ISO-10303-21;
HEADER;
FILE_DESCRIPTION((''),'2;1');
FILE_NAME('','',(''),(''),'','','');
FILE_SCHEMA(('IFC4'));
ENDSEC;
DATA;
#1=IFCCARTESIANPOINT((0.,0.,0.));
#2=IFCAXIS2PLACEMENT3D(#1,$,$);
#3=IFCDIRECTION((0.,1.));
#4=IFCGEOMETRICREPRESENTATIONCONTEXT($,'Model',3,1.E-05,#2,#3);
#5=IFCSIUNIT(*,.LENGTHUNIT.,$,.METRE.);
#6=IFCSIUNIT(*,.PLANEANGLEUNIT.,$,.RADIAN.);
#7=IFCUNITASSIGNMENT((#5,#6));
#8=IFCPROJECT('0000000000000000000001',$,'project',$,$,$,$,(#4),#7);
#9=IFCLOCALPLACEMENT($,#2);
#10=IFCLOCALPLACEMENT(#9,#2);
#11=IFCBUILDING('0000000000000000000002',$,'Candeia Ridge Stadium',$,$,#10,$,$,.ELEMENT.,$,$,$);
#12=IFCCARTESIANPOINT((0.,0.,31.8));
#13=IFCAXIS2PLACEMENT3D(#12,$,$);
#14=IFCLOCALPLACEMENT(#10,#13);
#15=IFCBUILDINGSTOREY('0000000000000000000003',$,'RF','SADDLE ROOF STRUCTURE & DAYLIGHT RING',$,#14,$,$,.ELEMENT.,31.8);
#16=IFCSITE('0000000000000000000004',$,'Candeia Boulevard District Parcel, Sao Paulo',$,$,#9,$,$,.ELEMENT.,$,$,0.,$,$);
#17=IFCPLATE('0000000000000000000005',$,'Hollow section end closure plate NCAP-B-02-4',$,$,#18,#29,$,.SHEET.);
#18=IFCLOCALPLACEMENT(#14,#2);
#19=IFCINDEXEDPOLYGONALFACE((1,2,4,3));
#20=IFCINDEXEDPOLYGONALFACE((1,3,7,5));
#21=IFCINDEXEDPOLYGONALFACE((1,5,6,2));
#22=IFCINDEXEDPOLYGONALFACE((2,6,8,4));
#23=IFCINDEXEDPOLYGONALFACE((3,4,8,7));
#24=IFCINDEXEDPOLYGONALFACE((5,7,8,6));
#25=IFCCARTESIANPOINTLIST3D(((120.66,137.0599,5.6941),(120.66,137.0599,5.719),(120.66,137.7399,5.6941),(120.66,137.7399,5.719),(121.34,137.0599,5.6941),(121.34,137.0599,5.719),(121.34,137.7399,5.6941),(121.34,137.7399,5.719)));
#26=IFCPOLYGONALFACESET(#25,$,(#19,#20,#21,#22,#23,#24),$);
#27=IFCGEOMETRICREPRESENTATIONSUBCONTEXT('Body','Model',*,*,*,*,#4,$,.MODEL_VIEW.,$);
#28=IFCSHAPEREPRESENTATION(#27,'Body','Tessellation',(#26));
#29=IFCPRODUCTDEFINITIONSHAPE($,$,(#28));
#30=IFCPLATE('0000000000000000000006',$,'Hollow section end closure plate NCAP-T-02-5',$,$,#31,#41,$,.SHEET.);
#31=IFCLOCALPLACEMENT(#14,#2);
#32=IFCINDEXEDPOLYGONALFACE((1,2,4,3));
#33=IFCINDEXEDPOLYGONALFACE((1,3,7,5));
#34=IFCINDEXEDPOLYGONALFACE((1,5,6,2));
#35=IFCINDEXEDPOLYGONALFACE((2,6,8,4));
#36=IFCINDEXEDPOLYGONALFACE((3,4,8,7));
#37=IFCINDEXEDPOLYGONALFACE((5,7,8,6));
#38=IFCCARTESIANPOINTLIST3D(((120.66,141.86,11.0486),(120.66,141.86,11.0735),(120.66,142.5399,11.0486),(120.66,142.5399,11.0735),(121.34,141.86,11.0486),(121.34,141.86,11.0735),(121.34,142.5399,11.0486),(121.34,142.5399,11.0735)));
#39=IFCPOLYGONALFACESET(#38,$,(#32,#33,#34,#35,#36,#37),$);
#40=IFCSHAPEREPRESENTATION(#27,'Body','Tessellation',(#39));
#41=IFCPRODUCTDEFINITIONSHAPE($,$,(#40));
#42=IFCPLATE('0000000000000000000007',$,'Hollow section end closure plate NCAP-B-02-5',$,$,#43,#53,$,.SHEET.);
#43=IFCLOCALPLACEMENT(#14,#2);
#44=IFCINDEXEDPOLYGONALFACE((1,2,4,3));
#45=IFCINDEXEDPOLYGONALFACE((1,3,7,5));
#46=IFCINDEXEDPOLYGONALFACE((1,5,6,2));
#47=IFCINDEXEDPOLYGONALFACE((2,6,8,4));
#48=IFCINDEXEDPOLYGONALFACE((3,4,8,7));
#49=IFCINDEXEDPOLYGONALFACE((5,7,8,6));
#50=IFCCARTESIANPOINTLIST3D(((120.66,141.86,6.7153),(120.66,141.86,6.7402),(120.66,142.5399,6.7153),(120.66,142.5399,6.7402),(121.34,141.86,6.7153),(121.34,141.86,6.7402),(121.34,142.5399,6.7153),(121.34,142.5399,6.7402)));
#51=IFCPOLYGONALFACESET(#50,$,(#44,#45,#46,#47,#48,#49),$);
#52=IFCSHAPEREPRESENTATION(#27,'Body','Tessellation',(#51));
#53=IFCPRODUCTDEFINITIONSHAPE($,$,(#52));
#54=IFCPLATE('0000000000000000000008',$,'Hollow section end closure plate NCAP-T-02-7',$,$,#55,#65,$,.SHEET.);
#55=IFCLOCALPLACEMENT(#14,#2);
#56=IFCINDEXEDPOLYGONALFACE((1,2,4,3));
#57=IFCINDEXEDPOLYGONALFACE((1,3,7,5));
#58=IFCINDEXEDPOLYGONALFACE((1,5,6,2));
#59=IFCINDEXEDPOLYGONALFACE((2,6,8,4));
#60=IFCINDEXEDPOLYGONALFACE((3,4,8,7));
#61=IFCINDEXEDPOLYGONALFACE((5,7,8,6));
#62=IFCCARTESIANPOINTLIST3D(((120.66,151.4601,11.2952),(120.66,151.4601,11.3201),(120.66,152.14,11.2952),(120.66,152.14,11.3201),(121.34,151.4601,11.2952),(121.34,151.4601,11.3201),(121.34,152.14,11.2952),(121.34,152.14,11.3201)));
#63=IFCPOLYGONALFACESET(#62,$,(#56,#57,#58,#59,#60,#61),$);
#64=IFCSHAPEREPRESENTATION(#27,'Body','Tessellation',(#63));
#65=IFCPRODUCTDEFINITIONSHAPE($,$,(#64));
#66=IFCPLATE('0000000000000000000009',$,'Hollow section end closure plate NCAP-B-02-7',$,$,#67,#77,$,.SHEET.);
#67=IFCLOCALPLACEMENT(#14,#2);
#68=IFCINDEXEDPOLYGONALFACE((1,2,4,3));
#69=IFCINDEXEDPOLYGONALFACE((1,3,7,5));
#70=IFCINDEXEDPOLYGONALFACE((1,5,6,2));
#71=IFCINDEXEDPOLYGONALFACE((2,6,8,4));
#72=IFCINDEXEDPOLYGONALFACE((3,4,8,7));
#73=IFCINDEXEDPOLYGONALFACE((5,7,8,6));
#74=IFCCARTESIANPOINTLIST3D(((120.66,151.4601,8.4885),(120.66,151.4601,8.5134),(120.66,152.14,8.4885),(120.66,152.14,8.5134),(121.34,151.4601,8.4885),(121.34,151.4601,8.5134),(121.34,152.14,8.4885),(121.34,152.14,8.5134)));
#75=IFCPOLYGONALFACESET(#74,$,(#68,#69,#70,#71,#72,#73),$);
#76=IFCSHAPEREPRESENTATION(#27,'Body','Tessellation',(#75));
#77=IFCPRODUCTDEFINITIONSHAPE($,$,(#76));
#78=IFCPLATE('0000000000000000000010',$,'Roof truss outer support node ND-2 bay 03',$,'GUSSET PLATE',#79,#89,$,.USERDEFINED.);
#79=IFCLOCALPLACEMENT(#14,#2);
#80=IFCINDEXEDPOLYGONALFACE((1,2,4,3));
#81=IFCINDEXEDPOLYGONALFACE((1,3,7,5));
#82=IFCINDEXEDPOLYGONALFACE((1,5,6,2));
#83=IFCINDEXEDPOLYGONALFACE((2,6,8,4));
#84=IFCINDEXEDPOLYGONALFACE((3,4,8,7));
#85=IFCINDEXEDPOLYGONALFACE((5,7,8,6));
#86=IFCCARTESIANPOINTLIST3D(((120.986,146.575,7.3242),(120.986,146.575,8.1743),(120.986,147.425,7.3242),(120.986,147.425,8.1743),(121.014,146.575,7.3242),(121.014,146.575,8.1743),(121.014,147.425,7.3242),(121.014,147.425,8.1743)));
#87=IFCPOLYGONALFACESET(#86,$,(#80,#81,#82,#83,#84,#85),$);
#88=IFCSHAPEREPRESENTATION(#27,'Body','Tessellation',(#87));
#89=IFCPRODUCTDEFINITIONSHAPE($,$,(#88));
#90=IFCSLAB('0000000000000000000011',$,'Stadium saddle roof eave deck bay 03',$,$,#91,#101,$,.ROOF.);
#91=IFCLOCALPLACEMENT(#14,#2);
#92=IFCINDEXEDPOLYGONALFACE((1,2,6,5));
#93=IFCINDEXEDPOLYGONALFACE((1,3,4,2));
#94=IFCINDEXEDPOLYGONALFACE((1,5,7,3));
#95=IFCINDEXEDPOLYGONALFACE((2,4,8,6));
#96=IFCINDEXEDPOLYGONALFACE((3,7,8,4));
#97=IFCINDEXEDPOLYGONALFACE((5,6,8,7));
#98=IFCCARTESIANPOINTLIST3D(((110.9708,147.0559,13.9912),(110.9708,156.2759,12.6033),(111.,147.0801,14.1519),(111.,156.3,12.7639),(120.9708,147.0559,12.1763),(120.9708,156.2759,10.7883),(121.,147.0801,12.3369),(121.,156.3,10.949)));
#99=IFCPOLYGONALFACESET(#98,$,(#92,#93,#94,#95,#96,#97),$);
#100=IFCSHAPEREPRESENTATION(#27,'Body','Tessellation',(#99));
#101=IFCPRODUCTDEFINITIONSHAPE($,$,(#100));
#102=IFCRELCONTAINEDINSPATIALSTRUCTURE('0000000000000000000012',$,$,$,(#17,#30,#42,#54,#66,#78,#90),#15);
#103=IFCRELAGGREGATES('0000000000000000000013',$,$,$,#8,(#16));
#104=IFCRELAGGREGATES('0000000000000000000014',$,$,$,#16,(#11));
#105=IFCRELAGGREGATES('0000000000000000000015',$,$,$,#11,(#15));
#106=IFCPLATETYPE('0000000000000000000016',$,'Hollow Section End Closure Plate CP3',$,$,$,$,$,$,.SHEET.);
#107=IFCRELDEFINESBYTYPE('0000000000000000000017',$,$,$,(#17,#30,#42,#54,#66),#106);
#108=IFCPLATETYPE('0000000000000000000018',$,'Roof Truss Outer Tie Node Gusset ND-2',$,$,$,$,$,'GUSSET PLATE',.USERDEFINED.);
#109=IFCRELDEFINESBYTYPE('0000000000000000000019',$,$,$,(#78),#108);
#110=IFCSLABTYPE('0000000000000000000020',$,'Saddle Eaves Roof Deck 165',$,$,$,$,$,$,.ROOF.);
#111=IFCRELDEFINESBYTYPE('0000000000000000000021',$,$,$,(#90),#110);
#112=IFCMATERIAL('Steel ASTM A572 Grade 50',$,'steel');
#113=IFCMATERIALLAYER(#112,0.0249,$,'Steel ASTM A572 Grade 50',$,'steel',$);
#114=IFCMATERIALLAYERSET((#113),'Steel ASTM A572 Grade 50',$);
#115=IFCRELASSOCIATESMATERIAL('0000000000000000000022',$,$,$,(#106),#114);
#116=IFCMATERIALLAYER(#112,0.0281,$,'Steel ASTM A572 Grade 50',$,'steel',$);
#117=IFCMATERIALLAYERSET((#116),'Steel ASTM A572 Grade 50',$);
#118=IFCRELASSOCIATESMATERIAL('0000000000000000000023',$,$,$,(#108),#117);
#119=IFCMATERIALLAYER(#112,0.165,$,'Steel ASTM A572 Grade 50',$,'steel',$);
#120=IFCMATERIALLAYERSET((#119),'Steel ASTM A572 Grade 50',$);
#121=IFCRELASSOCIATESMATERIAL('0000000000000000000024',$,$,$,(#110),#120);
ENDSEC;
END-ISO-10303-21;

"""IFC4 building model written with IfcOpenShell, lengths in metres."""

from ifc_helpers import new_model, si_unit, direction, frame, origin, origin_2d, place, context, subcontext, project, spatial, polyline, rectangle, outline, extrude, material, layer, layer_set, type_object, element, save


model = new_model("IFC4")

# Units and contexts
model_context = context("Model", 3, precision=1e-05, world=origin(), true_north=direction((0.0, 1.0)))
body_context = subcontext(model_context, "Body", "Model", "MODEL_VIEW")
ifc_project = project(units=[si_unit("LENGTHUNIT", "METRE"), si_unit("PLANEANGLEUNIT", "RADIAN")], contexts=[model_context])

# Site, building, storey
site_placement = place(None, origin())
site = spatial("IfcSite", under=ifc_project, at=site_placement, Name="Candeia Boulevard District Parcel, Sao Paulo", CompositionType="ELEMENT", RefElevation=0.0)
building_placement = place(site_placement, origin())
building = spatial("IfcBuilding", under=site, at=building_placement, Name="Candeia Ridge Stadium", CompositionType="ELEMENT")
storey_placement = place(building_placement, frame((0.0, 0.0, 31.8)))
storey = spatial("IfcBuildingStorey", under=building, at=storey_placement, Name="RF", Description="SADDLE ROOF STRUCTURE & DAYLIGHT RING", CompositionType="ELEMENT", Elevation=31.8)

# Shared definitions
ifc_material_1 = material(Name="Steel ASTM A572 Grade 50", Category="steel")

# Plates
ifc_layer_1 = layer(ifc_material_1, 0.0249, Name="Steel ASTM A572 Grade 50", Category="steel")
ifc_layer_set_1 = layer_set([ifc_layer_1], Name="Steel ASTM A572 Grade 50")
plate_type_1 = type_object("IfcPlateType", Name="Hollow Section End Closure Plate CP3", PredefinedType="SHEET", material=ifc_layer_set_1)
for number, where, z_axis, x_axis, name in (
    (1, (121.0, 137.3999, 5.6941), (0.0, 0.0, 1.0), (1.0, 0.0, 0.0), "Hollow section end closure plate NCAP-B-02-4"),
    (2, (121.0, 142.2, 11.0486), (0.0, 0.0, 1.0), (1.0, 0.0, 0.0), "Hollow section end closure plate NCAP-T-02-5"),
    (3, (121.0, 142.2, 6.7153), (0.0, 0.0, 1.0), (1.0, 0.0, 0.0), "Hollow section end closure plate NCAP-B-02-5"),
    (4, (121.0, 151.8, 11.2952), (0.0, 0.0, 1.0), (1.0, 0.0, 0.0), "Hollow section end closure plate NCAP-T-02-7"),
    (5, (121.0, 151.8, 8.4885), (0.0, 0.0, 1.0), (1.0, 0.0, 0.0), "Hollow section end closure plate NCAP-B-02-7"),
):
    element("IfcPlate", number, at=place(storey_placement, frame(where, z_axis=z_axis, x_axis=x_axis)), inside=storey, type_object=plate_type_1, Name=name, PredefinedType="SHEET", context=body_context, shape_type="SweptSolid", body=[
        extrude(rectangle(XDim=0.6799, YDim=0.6799, at=origin_2d()), origin(), (0.0, 0.0, 1.0), 0.0249),
    ])
ifc_layer_2 = layer(ifc_material_1, 0.0281, Name="Steel ASTM A572 Grade 50", Category="steel")
ifc_layer_set_2 = layer_set([ifc_layer_2], Name="Steel ASTM A572 Grade 50")
plate_type_2 = type_object("IfcPlateType", Name="Roof Truss Outer Tie Node Gusset ND-2", ElementType="GUSSET PLATE", PredefinedType="USERDEFINED", material=ifc_layer_set_2)
plate_1_placement = place(storey_placement, frame((121.0, 147.0, 7.3242), z_axis=(0.0, 0.0, 1.0), x_axis=(0.0, 1.0, 0.0)))
element("IfcPlate", 6, at=plate_1_placement, inside=storey, type_object=plate_type_2, Name="Roof truss outer support node ND-2 bay 03", ObjectType="GUSSET PLATE", PredefinedType="USERDEFINED", context=body_context, shape_type="SweptSolid", body=[
    extrude(rectangle(XDim=0.8501, YDim=0.0281, at=origin_2d()), origin(), (0.0, 0.0, 1.0), 0.8501),
])

# Slab
ifc_layer_3 = layer(ifc_material_1, 0.165, Name="Steel ASTM A572 Grade 50", Category="steel")
ifc_layer_set_3 = layer_set([ifc_layer_3], Name="Steel ASTM A572 Grade 50")
slab_type = type_object("IfcSlabType", Name="Saddle Eaves Roof Deck 165", PredefinedType="ROOF", material=ifc_layer_set_3)
slab_placement = place(storey_placement, frame((121.0, 147.0801, 12.3369), z_axis=(0.17665, 0.146518, 0.973307), x_axis=(-0.983926, 0.0, 0.178577)))
element("IfcSlab", 7, at=slab_placement, inside=storey, type_object=slab_type, Name="Stadium saddle roof eave deck bay 03", PredefinedType="ROOF", context=body_context, shape_type="SweptSolid", body=[
    extrude(outline(polyline([(0.0, 0.0), (10.1634, 0.0), (9.9155, -9.3206), (-0.2479, -9.3206), (0.0, 0.0)])), origin(), (0.0, 0.0, -1.0), 0.165),
])

save(model, "model.ifc")
